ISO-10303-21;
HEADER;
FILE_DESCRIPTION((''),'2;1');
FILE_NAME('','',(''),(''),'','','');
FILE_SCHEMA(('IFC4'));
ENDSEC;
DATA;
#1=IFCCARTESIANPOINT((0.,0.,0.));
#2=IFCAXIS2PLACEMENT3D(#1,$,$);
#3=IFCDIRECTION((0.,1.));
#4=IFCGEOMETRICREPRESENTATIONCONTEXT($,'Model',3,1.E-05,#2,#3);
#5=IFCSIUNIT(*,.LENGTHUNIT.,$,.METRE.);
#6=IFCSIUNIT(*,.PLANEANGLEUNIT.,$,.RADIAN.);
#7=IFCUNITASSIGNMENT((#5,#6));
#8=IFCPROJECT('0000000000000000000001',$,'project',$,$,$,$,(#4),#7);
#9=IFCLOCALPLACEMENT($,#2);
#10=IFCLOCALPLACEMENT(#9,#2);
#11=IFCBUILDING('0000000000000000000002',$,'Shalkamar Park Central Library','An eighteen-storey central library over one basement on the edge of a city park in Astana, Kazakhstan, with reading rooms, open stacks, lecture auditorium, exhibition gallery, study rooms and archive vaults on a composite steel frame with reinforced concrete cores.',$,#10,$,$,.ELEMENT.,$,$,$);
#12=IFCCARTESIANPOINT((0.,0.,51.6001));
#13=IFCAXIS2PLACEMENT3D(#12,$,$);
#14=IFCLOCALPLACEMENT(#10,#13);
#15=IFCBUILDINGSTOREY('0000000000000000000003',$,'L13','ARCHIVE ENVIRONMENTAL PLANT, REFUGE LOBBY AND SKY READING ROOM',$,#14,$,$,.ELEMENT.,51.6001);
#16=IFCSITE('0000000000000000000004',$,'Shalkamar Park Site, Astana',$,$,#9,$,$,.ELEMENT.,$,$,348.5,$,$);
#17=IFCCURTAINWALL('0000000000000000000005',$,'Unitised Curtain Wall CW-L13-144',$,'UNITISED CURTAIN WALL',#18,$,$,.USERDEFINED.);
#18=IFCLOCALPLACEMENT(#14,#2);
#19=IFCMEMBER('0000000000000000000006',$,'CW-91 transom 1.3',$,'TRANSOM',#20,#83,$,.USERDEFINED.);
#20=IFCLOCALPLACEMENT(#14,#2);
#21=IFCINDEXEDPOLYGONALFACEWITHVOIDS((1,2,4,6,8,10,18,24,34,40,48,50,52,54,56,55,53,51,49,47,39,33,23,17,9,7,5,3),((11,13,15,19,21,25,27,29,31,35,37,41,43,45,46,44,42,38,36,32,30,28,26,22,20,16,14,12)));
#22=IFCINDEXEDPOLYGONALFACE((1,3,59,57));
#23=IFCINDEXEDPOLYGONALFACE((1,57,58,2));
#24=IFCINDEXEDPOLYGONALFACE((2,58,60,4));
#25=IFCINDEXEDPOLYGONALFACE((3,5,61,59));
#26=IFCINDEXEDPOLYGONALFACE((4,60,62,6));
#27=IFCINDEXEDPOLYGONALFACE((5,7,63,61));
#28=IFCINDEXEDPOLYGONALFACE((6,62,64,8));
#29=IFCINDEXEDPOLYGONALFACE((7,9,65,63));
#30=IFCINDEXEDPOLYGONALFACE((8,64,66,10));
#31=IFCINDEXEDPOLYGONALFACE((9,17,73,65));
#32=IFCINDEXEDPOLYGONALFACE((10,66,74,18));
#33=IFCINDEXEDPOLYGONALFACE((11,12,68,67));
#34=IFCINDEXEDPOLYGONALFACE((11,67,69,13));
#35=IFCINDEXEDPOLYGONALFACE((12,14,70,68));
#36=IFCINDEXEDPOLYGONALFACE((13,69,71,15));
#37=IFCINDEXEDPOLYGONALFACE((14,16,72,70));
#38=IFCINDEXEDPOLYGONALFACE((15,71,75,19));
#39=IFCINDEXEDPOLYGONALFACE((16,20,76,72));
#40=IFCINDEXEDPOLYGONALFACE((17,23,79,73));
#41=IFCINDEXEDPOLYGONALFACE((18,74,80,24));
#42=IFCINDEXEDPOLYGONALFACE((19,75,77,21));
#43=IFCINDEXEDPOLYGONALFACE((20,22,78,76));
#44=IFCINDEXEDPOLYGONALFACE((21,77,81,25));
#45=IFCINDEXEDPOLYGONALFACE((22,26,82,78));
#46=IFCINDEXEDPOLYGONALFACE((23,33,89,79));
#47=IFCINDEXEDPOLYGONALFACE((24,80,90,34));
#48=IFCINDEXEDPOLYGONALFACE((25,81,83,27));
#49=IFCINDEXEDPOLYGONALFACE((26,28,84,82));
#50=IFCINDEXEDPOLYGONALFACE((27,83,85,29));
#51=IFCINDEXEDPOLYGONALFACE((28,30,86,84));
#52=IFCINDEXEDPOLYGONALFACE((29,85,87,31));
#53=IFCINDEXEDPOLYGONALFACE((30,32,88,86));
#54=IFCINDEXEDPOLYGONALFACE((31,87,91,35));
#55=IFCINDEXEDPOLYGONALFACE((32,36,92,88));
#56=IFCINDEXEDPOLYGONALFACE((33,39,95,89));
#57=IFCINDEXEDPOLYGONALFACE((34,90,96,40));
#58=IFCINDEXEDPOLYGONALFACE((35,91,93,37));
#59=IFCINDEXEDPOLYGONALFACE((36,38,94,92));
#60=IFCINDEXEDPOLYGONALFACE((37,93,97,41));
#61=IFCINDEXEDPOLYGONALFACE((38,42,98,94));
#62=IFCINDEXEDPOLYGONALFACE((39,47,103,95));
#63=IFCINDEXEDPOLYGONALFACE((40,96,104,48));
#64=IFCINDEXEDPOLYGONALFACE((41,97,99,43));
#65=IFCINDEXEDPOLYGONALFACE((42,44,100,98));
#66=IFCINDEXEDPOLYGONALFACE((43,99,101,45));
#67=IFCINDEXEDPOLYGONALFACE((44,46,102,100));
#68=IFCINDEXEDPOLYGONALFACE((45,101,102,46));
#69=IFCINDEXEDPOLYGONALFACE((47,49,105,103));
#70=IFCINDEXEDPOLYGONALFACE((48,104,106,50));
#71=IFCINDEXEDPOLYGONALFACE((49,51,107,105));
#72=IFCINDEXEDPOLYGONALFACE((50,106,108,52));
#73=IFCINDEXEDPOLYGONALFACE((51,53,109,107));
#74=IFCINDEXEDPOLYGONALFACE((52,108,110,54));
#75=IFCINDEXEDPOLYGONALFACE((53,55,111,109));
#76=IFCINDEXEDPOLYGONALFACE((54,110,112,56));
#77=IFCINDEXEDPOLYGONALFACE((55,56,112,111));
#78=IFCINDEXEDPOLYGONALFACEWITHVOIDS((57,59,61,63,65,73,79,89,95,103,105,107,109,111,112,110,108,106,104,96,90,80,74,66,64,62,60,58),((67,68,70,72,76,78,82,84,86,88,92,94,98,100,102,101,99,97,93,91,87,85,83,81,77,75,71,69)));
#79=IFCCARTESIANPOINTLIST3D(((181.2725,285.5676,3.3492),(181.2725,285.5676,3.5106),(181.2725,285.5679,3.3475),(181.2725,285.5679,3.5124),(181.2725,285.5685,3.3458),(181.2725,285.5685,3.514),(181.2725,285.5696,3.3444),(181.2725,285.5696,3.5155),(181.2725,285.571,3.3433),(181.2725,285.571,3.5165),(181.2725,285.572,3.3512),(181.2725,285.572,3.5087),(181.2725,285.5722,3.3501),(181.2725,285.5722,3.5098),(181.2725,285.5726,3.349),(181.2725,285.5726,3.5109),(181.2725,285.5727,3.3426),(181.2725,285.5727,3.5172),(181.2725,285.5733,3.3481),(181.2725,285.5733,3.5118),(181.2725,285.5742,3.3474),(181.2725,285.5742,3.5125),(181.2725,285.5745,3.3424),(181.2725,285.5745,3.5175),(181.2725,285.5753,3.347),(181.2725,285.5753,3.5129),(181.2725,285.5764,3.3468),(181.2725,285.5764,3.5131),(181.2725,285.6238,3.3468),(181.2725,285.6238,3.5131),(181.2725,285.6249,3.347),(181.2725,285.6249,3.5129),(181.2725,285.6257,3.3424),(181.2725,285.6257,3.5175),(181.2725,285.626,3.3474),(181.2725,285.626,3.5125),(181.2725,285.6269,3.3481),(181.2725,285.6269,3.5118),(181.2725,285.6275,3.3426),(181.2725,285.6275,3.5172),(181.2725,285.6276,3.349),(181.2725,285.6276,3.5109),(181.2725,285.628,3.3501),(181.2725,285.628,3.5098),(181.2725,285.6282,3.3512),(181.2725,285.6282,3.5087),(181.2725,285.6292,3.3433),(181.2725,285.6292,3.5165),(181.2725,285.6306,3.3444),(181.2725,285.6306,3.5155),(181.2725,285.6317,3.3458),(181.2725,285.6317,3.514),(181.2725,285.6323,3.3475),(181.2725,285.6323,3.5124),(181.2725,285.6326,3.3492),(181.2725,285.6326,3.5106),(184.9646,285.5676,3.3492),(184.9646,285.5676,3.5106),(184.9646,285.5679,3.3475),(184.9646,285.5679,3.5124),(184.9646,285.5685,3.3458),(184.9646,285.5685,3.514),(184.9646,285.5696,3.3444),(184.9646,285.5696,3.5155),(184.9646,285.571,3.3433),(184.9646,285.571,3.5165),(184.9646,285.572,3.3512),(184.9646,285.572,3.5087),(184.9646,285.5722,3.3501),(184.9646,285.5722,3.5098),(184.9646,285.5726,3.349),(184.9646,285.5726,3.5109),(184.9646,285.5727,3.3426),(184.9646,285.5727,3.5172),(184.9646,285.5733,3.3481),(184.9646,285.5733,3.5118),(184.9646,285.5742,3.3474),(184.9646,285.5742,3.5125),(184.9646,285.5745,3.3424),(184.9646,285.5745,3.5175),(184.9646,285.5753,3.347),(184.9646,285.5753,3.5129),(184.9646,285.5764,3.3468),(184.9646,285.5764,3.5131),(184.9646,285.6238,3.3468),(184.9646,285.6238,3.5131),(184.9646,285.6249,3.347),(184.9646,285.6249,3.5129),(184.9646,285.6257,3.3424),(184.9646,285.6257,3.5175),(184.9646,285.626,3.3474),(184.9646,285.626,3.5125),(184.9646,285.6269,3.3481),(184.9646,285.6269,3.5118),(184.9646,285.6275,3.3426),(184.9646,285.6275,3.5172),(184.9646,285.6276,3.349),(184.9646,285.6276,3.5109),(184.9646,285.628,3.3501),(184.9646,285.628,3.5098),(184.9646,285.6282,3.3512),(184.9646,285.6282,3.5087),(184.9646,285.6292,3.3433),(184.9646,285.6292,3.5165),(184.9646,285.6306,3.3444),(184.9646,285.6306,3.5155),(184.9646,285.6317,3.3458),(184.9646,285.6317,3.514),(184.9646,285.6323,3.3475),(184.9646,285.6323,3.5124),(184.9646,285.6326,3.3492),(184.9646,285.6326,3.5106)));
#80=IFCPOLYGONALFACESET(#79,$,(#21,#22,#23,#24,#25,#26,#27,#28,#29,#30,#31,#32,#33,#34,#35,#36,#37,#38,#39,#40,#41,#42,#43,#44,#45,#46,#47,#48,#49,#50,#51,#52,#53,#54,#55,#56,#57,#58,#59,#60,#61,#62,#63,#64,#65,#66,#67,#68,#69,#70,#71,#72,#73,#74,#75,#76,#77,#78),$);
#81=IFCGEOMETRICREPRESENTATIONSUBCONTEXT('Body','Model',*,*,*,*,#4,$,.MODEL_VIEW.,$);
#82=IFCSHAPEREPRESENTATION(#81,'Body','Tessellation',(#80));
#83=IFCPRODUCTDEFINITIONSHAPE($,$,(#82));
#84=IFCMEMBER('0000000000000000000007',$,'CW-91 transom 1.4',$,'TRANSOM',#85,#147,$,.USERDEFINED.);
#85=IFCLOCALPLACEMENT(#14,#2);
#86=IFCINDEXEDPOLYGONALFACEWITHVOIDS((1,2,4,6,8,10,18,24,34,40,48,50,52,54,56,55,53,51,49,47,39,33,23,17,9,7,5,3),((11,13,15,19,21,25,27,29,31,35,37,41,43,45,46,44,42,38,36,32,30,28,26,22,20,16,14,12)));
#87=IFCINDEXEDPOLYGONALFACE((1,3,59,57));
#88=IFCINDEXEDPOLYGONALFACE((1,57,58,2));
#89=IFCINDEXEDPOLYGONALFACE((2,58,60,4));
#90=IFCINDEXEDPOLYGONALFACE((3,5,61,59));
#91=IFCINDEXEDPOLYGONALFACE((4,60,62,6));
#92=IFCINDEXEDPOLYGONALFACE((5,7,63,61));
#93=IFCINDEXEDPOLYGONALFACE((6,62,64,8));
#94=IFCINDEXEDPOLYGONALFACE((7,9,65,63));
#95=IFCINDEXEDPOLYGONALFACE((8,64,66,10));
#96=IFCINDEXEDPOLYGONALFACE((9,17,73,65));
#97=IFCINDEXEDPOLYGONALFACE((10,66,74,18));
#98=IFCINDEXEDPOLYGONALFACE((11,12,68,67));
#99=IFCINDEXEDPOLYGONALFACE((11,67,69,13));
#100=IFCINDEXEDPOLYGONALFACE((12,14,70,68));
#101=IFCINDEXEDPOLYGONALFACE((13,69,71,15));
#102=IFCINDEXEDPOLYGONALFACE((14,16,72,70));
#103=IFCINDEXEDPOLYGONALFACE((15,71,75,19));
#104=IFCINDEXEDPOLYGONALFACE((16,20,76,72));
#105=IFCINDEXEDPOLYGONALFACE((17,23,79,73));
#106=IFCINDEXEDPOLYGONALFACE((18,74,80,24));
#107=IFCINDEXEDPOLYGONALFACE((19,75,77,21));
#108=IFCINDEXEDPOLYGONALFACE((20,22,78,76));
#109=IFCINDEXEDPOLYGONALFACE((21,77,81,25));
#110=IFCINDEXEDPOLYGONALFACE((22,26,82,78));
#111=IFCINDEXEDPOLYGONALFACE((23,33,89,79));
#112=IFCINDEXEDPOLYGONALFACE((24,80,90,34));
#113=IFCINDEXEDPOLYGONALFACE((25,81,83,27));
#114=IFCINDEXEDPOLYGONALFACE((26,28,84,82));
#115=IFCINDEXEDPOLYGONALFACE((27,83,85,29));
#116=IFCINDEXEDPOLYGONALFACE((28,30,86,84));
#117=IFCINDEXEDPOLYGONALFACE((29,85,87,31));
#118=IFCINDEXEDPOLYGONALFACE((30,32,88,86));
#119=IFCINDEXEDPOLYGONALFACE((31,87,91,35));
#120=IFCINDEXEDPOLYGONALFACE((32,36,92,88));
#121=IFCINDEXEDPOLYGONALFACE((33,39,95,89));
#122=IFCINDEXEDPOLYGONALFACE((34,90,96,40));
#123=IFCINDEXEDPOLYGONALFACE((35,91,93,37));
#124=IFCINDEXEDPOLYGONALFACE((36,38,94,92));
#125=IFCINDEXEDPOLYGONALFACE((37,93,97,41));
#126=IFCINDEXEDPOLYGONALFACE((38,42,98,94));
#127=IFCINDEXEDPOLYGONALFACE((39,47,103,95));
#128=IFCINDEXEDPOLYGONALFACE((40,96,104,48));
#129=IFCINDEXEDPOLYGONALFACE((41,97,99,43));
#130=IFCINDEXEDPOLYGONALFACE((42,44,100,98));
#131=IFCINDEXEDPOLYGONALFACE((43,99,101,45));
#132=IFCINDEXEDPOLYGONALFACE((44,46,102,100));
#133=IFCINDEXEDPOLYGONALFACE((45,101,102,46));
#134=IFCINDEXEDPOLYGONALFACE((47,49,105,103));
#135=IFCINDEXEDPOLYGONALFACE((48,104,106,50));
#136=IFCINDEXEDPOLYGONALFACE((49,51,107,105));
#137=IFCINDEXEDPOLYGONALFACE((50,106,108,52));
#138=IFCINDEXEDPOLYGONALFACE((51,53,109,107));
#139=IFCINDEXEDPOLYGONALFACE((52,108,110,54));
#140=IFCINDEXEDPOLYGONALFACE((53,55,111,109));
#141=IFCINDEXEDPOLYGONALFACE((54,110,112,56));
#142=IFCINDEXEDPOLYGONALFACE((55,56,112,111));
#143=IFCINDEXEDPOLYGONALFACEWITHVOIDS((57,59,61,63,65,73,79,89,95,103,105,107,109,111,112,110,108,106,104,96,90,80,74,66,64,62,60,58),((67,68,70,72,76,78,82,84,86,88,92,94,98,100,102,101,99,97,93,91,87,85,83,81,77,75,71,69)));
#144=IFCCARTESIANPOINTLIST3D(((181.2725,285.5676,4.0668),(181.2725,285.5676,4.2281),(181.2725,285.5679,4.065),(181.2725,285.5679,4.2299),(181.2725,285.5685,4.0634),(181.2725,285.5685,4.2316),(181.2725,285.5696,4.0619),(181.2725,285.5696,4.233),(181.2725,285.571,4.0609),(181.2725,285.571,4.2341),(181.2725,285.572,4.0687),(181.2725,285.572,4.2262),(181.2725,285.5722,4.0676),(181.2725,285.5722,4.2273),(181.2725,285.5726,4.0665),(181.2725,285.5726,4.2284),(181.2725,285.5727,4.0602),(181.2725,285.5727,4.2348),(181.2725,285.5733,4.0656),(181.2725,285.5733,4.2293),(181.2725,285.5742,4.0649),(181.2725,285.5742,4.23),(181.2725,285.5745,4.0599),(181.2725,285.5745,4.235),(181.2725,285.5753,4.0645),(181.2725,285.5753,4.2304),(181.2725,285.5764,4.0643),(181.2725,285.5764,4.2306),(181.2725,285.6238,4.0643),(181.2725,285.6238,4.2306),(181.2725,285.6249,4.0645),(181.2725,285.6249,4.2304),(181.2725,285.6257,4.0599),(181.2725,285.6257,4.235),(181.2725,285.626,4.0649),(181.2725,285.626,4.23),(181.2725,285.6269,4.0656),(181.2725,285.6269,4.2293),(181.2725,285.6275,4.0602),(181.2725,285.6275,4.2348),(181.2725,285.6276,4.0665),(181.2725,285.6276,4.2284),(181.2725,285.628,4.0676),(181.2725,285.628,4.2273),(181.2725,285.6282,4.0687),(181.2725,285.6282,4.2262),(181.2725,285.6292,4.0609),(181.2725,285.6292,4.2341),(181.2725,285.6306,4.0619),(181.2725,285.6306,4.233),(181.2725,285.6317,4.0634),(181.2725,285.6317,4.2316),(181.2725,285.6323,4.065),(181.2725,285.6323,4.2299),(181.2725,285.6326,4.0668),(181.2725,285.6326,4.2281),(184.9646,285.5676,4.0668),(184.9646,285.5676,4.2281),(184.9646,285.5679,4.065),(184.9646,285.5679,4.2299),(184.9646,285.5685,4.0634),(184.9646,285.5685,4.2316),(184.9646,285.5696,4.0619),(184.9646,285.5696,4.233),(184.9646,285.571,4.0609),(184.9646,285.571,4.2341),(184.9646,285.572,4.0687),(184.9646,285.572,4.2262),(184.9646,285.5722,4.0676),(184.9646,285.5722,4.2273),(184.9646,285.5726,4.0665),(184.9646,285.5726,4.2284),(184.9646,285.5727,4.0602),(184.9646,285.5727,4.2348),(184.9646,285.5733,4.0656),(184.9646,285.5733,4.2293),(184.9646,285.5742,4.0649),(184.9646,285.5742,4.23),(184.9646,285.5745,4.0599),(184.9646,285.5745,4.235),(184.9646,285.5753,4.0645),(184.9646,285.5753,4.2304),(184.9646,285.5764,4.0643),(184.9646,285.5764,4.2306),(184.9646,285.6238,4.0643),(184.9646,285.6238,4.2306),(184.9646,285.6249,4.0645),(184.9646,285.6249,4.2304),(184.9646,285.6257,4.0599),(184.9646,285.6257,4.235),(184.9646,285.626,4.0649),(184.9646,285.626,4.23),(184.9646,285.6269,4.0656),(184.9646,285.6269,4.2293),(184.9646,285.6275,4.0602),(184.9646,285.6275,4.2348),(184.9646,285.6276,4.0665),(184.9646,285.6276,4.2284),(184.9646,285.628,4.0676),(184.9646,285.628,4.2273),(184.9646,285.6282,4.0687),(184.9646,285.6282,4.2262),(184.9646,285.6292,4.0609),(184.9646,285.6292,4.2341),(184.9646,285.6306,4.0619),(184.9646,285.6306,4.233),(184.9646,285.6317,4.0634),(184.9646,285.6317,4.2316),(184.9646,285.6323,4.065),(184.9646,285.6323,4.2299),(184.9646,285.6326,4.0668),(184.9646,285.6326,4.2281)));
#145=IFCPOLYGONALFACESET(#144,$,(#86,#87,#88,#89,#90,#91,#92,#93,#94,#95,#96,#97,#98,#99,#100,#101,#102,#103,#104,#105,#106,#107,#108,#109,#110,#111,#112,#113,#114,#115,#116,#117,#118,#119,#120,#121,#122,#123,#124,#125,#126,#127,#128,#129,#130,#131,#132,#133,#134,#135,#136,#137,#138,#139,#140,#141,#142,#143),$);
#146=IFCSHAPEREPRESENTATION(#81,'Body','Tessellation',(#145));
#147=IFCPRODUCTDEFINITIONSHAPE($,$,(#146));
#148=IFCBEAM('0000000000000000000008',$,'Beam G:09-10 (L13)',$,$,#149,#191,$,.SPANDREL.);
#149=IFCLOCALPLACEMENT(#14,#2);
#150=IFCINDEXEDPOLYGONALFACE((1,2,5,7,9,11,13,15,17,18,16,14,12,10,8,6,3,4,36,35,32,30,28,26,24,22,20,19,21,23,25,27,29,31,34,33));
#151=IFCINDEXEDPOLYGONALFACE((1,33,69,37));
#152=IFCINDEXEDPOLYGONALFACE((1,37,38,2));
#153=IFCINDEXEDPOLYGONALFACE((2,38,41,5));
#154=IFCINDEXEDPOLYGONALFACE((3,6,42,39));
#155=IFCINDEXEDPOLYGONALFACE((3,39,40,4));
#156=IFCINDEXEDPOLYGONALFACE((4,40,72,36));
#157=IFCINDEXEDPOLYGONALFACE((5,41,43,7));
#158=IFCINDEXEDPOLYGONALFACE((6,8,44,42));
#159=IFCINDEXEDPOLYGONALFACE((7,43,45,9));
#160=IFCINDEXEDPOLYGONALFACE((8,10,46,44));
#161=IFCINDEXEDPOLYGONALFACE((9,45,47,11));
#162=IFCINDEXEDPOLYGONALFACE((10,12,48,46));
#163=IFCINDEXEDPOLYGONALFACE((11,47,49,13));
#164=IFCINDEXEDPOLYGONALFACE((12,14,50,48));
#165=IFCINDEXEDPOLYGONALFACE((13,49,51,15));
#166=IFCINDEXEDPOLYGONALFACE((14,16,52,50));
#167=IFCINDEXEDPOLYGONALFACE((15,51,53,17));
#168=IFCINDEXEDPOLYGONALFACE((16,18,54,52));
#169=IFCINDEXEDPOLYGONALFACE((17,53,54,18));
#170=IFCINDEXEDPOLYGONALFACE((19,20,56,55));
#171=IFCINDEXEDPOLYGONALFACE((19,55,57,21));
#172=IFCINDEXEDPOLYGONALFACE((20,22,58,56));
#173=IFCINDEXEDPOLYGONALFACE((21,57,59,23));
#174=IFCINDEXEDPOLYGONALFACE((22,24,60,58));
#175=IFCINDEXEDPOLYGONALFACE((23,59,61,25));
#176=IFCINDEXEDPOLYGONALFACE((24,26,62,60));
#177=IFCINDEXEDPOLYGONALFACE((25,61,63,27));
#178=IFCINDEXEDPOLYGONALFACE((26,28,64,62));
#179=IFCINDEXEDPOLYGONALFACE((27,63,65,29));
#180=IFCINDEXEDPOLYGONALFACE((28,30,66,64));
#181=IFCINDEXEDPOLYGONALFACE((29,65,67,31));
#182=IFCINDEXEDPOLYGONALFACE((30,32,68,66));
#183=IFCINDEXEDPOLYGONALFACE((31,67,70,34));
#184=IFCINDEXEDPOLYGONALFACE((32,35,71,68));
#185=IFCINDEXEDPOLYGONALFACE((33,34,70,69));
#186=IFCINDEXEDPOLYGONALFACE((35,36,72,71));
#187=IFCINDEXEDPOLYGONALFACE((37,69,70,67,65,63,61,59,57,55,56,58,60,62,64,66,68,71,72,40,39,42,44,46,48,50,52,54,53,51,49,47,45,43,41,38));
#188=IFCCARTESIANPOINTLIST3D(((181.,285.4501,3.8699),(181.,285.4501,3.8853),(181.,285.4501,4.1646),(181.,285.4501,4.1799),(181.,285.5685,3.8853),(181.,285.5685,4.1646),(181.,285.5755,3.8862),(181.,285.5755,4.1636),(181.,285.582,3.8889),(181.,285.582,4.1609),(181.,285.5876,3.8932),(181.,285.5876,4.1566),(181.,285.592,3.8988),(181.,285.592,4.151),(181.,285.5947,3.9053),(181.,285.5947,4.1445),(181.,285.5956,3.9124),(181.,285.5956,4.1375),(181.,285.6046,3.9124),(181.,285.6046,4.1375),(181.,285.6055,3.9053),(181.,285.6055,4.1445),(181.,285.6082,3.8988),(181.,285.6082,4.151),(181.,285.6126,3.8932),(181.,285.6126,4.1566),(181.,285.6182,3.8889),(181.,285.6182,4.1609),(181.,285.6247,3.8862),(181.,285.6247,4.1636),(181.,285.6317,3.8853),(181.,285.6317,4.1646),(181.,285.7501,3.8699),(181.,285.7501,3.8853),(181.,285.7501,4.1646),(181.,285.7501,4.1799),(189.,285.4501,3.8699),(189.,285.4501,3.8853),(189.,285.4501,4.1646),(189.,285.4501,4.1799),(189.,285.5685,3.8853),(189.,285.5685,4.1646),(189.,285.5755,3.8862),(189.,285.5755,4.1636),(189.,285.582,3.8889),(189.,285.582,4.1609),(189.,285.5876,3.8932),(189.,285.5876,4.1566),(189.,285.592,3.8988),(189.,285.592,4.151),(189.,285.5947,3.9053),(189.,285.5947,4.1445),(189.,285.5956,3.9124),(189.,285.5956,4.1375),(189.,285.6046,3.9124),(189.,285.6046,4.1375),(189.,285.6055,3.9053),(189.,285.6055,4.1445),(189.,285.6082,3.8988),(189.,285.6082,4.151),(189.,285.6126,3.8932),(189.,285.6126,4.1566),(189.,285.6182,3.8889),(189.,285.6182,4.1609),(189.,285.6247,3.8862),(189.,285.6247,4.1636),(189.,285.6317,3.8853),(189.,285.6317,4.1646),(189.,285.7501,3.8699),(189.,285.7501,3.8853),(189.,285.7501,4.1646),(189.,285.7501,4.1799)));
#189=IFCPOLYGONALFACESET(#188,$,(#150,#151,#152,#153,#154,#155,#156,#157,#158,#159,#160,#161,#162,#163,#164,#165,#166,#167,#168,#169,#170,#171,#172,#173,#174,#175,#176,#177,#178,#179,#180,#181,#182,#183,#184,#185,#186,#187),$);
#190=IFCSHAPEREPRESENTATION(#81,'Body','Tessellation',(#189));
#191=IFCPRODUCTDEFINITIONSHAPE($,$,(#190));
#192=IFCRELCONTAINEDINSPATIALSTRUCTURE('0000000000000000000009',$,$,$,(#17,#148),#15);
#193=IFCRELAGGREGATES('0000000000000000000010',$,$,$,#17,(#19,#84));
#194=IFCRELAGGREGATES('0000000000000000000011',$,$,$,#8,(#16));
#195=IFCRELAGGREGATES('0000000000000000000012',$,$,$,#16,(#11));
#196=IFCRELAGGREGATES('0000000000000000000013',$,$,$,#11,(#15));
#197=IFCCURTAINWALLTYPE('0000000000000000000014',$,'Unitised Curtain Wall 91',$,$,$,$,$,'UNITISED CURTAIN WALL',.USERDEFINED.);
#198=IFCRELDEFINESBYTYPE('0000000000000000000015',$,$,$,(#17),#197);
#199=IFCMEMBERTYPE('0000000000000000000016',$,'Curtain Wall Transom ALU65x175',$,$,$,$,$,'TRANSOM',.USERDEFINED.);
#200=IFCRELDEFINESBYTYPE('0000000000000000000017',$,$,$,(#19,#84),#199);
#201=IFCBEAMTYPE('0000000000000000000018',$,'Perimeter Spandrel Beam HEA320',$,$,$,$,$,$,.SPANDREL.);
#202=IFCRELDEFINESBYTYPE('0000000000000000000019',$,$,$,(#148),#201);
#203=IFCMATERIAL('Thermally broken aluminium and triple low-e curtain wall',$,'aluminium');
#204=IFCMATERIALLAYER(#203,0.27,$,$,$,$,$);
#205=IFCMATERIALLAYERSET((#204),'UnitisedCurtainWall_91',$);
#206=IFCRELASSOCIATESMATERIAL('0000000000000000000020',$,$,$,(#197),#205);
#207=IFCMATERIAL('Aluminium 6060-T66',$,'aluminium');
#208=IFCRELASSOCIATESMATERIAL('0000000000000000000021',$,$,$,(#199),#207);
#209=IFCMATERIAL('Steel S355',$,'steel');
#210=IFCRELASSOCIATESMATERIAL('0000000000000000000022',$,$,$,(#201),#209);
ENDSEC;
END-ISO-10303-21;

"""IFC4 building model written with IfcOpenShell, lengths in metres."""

from ifc_helpers import new_model, si_unit, direction, frame, origin, origin_2d, place, context, subcontext, project, spatial, hollow_rectangle, i_section, extrude, material, layer, layer_set, material_profile, profile_set, type_object, element, aggregate, save


model = new_model("IFC4")

# Units and contexts
model_context = context("Model", 3, precision=1e-05, world=origin(), true_north=direction((0.0, 1.0)))
body_context = subcontext(model_context, "Body", "Model", "MODEL_VIEW")
ifc_project = project(units=[si_unit("LENGTHUNIT", "METRE"), si_unit("PLANEANGLEUNIT", "RADIAN")], contexts=[model_context])

# Site, building, storey
site_placement = place(None, origin())
site = spatial("IfcSite", under=ifc_project, at=site_placement, Name="Shalkamar Park Site, Astana", CompositionType="ELEMENT", RefElevation=348.5)
building_placement = place(site_placement, origin())
building = spatial("IfcBuilding", under=site, at=building_placement, Name="Shalkamar Park Central Library", Description="An eighteen-storey central library over one basement on the edge of a city park in Astana, Kazakhstan, with reading rooms, open stacks, lecture auditorium, exhibition gallery, study rooms and archive vaults on a composite steel frame with reinforced concrete cores.", CompositionType="ELEMENT")
storey_placement = place(building_placement, frame((0.0, 0.0, 51.6001)))
storey = spatial("IfcBuildingStorey", under=building, at=storey_placement, Name="L13", Description="ARCHIVE ENVIRONMENTAL PLANT, REFUGE LOBBY AND SKY READING ROOM", CompositionType="ELEMENT", Elevation=51.6001)

# Shared definitions
ifc_material_1 = material(Name="Steel S355", Category="steel")

# Shared definitions
ifc_material_2 = material(Name="Thermally broken aluminium and triple low-e curtain wall", Category="aluminium")
ifc_material_3 = material(Name="Aluminium 6060-T66", Category="aluminium")

# Curtain wall
ifc_layer_1 = layer(ifc_material_2, 0.27)
ifc_layer_set_1 = layer_set([ifc_layer_1], Name="UnitisedCurtainWall_91")
curtain_wall_type_1 = type_object("IfcCurtainWallType", Name="Unitised Curtain Wall 91", ElementType="UNITISED CURTAIN WALL", PredefinedType="USERDEFINED", material=ifc_layer_set_1)
curtain_wall_1_placement = place(storey_placement, origin())
curtain_wall_1 = element("IfcCurtainWall", 1, at=curtain_wall_1_placement, inside=storey, type_object=curtain_wall_type_1, Name="Unitised Curtain Wall CW-L13-144", ObjectType="UNITISED CURTAIN WALL", PredefinedType="USERDEFINED")

# Members
ifc_material_profile_1 = material_profile(ifc_material_3, hollow_rectangle(XDim=0.0649, YDim=0.175, WallThickness=0.0044, InnerFilletRadius=0.0044, OuterFilletRadius=0.0068, at=origin_2d()), Name="ALU 65x175x4.5")
ifc_profile_set_1 = profile_set([ifc_material_profile_1], Name="Aluminium 6060-T66")
member_type_1 = type_object("IfcMemberType", Name="Curtain Wall Transom ALU65x175", ElementType="TRANSOM", PredefinedType="USERDEFINED", material=ifc_profile_set_1)
member_1_placement = place(storey_placement, frame((181.2725, 285.6001, 3.4299), z_axis=(1.0, 0.0, 0.0), x_axis=(0.0, 1.0, 0.0)))
member_1 = element("IfcMember", 2, at=member_1_placement, type_object=member_type_1, Name="CW-91 transom 1.3", ObjectType="TRANSOM", PredefinedType="USERDEFINED", context=body_context, shape_type="SweptSolid", body=[
    extrude(hollow_rectangle(XDim=0.0649, YDim=0.175, WallThickness=0.0044, InnerFilletRadius=0.0044, OuterFilletRadius=0.0068, at=origin_2d()), origin(), (0.0, 0.0, 1.0), 3.6921),
])
member_2_placement = place(storey_placement, frame((181.2725, 285.6001, 4.1475), z_axis=(1.0, 0.0, 0.0), x_axis=(0.0, 1.0, 0.0)))
member_2 = element("IfcMember", 3, at=member_2_placement, type_object=member_type_1, Name="CW-91 transom 1.4", ObjectType="TRANSOM", PredefinedType="USERDEFINED", context=body_context, shape_type="SweptSolid", body=[
    extrude(hollow_rectangle(XDim=0.0649, YDim=0.175, WallThickness=0.0044, InnerFilletRadius=0.0044, OuterFilletRadius=0.0068, at=origin_2d()), origin(), (0.0, 0.0, 1.0), 3.6921),
])

# Beam
ifc_material_profile_2 = material_profile(ifc_material_1, i_section(OverallWidth=0.3, OverallDepth=0.3101, WebThickness=0.009, FlangeThickness=0.0154, FilletRadius=0.0271, at=origin_2d()), Name="HEA 320")
ifc_profile_set_2 = profile_set([ifc_material_profile_2], Name="Steel S355")
beam_type_1 = type_object("IfcBeamType", Name="Perimeter Spandrel Beam HEA320", PredefinedType="SPANDREL", material=ifc_profile_set_2)
beam_1_placement = place(storey_placement, frame((181.0, 285.6001, 4.0249), z_axis=(1.0, 0.0, 0.0), x_axis=(0.0, 1.0, 0.0)))
element("IfcBeam", 4, at=beam_1_placement, inside=storey, type_object=beam_type_1, Name="Beam G:09-10 (L13)", PredefinedType="SPANDREL", context=body_context, shape_type="SweptSolid", body=[
    extrude(i_section(OverallWidth=0.3, OverallDepth=0.3101, WebThickness=0.009, FlangeThickness=0.0154, FilletRadius=0.0271, at=origin_2d()), origin(), (0.0, 0.0, 1.0), 8.0),
])

aggregate(curtain_wall_1, [member_1, member_2])

save(model, "model.ifc")
